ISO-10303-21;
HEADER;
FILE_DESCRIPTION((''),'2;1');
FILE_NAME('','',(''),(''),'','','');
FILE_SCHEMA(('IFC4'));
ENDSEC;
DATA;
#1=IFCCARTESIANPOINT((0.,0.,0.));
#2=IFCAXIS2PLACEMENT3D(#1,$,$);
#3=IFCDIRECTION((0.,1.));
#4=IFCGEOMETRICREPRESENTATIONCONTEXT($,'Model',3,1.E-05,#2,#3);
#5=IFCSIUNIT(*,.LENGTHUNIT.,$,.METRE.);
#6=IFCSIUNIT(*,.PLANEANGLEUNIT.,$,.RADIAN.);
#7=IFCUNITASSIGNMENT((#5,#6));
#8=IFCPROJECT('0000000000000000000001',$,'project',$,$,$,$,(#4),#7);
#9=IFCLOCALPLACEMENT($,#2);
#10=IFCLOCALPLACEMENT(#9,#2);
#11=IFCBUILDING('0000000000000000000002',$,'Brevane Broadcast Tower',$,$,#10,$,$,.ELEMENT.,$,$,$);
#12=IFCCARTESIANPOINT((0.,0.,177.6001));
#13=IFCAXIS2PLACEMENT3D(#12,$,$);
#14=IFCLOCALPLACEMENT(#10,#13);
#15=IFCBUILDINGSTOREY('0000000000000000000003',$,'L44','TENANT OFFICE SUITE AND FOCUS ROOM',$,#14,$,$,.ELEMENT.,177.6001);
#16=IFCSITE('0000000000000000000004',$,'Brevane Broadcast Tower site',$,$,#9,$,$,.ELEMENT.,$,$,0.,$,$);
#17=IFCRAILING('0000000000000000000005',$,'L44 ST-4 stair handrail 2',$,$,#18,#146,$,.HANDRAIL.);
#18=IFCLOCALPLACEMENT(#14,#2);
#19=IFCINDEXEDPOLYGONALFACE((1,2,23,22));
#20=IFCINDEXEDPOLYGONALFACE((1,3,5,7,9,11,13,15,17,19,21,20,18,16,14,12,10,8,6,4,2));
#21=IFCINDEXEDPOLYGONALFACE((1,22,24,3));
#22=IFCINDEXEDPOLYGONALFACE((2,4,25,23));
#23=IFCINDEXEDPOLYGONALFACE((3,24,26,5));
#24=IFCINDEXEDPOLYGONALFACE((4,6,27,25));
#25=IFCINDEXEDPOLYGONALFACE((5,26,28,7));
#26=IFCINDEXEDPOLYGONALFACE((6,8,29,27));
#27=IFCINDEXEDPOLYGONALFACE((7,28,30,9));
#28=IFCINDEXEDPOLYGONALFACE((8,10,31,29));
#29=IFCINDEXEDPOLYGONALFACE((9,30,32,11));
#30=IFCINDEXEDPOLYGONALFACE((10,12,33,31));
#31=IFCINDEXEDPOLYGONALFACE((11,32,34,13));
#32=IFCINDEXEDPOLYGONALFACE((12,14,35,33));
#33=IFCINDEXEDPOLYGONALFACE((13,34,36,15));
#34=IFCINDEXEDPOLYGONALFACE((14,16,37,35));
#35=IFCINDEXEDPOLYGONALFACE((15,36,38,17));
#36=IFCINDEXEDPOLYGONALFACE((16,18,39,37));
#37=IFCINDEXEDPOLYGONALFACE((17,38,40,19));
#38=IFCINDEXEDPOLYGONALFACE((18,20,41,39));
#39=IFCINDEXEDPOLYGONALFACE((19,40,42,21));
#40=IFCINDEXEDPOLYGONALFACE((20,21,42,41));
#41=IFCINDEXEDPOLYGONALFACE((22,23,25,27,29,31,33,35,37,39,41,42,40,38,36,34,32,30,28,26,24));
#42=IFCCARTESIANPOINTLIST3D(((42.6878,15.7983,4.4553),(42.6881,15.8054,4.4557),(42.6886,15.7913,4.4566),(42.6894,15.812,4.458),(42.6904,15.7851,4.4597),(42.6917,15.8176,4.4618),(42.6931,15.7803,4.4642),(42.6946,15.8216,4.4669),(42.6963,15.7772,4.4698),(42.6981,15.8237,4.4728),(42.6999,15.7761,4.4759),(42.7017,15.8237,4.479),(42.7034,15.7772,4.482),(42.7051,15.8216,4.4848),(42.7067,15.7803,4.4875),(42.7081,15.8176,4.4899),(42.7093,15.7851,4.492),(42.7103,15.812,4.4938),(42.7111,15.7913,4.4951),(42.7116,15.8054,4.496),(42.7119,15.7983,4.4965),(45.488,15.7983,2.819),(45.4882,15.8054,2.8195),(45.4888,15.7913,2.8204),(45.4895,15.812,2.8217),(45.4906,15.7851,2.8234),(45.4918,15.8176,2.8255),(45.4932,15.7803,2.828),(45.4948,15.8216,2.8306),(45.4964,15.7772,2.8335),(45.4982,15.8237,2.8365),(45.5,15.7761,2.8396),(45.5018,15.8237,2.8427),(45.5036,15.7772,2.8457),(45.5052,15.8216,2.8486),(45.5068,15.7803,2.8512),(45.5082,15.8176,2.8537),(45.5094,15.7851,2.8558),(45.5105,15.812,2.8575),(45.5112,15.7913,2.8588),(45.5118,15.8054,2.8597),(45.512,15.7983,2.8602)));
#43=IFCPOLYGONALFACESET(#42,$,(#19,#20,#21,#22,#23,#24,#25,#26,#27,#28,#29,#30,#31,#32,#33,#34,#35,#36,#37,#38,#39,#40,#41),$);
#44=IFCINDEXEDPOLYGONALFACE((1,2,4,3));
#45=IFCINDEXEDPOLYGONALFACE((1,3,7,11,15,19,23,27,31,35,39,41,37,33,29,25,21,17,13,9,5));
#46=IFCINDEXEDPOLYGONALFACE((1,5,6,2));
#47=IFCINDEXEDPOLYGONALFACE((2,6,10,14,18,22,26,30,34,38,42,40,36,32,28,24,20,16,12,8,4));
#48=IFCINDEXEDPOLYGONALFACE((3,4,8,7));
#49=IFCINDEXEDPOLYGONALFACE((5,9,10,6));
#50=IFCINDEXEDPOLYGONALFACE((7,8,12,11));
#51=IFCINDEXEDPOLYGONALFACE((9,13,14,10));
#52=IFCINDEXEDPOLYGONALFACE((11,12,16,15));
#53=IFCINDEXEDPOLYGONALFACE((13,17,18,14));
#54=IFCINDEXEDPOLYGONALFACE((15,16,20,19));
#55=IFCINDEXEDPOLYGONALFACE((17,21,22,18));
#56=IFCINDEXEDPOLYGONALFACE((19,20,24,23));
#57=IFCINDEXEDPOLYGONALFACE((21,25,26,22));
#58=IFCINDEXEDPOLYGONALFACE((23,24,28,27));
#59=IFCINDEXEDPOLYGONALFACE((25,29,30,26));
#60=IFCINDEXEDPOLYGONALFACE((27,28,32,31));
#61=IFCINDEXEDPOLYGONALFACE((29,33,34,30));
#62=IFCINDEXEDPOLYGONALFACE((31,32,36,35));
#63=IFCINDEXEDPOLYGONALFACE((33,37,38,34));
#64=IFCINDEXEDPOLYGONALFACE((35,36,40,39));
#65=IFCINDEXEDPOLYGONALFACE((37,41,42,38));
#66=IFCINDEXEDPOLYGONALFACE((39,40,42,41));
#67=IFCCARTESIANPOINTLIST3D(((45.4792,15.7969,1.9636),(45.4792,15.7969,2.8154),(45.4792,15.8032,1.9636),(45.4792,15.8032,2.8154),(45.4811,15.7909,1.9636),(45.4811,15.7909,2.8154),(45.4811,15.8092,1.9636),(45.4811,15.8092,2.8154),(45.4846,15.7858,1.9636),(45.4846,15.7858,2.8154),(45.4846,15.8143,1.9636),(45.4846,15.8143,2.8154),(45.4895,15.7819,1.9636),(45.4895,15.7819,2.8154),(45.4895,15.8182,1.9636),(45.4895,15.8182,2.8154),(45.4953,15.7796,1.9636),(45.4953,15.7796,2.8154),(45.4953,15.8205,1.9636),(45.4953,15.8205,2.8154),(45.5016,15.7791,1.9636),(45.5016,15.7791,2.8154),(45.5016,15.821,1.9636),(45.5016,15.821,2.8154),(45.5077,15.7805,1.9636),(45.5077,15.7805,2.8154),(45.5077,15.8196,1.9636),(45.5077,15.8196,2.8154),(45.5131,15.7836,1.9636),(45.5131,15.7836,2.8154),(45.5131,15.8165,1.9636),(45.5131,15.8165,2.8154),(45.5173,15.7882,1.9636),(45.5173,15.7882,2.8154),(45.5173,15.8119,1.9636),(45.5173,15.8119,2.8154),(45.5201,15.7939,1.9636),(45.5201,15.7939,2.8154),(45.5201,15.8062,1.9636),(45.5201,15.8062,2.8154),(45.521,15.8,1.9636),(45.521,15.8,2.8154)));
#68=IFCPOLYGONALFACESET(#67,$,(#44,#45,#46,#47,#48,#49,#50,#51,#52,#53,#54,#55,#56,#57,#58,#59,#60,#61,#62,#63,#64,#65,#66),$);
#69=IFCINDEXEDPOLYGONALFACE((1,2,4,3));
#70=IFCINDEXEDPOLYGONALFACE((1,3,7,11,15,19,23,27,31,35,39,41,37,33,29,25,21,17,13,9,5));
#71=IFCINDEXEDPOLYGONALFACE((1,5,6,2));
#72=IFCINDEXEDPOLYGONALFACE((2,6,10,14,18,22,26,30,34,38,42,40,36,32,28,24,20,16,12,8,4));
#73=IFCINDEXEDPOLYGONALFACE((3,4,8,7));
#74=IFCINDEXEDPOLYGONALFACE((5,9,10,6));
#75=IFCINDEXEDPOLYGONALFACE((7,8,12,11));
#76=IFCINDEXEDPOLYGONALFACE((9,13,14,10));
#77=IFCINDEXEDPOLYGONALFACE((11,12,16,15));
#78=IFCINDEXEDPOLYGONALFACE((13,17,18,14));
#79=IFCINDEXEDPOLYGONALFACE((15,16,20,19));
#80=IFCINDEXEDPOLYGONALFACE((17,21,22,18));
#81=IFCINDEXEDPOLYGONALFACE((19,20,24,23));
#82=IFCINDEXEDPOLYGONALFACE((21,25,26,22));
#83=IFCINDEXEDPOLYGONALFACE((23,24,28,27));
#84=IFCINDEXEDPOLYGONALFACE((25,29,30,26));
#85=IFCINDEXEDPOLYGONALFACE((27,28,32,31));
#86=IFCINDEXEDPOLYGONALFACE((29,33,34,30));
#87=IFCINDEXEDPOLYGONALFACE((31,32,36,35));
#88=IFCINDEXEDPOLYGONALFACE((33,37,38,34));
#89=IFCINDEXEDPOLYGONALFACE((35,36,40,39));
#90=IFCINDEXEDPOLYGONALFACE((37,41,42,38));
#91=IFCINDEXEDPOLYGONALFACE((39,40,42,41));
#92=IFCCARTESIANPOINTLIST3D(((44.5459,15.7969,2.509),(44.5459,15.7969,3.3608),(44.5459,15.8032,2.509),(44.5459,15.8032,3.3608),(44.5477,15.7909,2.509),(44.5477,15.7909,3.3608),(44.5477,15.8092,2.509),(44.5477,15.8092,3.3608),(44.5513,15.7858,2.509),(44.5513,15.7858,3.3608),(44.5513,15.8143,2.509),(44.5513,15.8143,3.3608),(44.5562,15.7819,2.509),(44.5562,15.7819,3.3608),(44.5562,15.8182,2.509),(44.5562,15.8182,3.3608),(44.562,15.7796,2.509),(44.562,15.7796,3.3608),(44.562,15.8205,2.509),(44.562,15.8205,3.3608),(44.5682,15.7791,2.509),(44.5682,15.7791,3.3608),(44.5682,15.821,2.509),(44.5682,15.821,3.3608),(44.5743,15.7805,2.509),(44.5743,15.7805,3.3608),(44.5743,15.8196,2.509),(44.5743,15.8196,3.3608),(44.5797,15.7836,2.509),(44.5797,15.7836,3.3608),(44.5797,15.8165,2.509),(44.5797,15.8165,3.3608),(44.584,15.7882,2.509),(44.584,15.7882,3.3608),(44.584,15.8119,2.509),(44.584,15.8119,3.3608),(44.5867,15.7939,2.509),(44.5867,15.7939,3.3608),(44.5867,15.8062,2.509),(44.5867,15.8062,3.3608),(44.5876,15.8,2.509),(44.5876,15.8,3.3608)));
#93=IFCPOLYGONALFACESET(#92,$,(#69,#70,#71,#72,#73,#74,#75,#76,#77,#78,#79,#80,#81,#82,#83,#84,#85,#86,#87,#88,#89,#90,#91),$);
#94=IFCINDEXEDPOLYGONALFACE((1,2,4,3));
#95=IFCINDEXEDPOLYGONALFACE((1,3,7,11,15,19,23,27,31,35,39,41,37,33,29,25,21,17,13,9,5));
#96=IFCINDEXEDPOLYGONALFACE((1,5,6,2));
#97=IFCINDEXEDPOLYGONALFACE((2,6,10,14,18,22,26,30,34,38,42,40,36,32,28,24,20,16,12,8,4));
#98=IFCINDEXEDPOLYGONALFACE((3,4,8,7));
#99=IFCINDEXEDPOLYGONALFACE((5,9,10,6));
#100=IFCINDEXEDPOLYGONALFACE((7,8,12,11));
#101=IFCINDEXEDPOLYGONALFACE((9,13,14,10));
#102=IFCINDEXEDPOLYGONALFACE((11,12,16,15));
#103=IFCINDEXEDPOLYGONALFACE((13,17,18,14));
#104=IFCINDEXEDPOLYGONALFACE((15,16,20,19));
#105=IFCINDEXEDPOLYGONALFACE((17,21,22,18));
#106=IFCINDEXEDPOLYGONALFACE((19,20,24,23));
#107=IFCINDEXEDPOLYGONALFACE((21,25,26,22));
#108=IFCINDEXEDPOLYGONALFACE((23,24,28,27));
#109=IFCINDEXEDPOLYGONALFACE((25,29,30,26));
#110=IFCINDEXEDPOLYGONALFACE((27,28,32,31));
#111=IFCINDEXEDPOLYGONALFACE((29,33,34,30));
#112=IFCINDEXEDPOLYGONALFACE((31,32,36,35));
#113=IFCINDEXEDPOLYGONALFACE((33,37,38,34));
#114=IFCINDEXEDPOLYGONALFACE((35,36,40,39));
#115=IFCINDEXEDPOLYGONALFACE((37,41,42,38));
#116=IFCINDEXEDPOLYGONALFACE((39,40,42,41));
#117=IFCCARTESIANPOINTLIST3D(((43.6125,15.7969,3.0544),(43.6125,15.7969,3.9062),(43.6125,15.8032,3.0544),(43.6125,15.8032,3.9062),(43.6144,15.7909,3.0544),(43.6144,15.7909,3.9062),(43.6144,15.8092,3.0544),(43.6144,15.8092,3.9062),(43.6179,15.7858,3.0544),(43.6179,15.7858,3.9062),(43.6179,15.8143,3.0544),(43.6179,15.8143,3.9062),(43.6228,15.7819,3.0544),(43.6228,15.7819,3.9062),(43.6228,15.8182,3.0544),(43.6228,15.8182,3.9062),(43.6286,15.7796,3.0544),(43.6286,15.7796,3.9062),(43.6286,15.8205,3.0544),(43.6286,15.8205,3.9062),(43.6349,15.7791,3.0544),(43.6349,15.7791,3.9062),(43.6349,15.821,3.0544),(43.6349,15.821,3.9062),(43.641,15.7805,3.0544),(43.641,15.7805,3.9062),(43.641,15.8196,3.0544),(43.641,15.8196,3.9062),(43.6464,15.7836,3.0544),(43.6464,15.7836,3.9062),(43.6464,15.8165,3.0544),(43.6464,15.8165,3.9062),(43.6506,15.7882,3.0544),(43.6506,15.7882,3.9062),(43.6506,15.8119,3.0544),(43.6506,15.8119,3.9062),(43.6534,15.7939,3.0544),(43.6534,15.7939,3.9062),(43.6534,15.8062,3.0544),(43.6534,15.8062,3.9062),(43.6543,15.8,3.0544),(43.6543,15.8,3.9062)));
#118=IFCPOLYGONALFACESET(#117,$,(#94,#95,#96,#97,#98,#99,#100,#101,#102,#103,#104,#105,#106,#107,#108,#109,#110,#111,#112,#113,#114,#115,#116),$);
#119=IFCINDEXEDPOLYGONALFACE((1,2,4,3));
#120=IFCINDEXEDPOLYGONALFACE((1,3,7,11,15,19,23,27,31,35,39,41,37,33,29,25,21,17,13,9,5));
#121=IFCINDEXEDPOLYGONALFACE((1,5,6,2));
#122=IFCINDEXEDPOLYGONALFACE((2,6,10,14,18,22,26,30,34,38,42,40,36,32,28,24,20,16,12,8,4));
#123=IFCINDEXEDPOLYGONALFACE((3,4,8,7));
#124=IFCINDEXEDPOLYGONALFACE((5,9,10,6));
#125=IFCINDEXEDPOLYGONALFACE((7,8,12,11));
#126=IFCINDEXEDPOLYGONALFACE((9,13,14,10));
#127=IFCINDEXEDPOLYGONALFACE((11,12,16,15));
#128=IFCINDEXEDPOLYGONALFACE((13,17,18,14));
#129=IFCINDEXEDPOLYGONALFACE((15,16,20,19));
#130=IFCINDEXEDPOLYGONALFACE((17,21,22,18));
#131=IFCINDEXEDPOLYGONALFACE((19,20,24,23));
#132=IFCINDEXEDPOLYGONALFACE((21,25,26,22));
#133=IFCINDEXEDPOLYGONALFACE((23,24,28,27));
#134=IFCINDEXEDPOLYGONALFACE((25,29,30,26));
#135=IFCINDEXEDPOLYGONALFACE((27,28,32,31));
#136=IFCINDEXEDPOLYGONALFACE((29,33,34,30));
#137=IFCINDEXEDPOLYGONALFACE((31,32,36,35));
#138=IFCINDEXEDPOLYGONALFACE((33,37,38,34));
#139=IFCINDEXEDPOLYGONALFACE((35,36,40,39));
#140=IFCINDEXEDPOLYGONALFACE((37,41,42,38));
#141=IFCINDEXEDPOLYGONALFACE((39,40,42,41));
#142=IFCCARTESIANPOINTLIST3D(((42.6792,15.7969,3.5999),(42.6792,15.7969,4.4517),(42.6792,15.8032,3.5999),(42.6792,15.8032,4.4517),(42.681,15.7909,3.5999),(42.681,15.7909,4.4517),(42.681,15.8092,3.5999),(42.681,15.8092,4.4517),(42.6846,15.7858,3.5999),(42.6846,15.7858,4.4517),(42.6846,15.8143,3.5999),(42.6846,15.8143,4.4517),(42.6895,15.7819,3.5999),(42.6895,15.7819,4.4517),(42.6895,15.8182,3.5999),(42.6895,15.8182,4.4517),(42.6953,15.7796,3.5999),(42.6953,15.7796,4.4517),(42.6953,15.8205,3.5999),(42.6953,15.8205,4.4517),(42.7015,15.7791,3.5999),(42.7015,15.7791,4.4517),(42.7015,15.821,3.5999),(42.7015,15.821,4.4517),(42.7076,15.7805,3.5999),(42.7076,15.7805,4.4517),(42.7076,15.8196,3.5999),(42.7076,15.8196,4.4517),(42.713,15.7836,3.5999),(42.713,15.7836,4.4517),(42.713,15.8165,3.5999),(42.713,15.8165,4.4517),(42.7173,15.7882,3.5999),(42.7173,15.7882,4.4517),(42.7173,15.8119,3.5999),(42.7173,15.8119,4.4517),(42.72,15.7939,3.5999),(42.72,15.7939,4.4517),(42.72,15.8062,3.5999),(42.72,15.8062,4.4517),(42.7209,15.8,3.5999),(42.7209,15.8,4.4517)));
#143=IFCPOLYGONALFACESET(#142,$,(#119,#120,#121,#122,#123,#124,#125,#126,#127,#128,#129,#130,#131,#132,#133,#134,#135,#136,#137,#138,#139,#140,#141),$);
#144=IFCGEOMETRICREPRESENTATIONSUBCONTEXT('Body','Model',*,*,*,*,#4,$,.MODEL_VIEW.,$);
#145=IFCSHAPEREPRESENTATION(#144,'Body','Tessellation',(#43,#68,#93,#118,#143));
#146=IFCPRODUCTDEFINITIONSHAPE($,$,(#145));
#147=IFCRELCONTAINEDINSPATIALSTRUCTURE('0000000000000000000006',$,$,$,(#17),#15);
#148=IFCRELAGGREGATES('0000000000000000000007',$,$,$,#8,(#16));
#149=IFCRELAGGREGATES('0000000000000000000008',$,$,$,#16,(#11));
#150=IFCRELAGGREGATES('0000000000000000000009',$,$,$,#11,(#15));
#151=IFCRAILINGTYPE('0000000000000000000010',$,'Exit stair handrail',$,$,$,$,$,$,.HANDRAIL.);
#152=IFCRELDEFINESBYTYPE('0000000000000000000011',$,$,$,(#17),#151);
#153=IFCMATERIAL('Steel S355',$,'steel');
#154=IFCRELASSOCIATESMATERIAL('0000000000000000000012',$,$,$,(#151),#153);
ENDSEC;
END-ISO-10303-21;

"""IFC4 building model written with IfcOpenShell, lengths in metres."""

from ifc_helpers import new_model, si_unit, direction, frame, origin, origin_2d, place, context, subcontext, project, spatial, circle, extrude, material, type_object, element, save


model = new_model("IFC4")

# Units and contexts
model_context = context("Model", 3, precision=1e-05, world=origin(), true_north=direction((0.0, 1.0)))
body_context = subcontext(model_context, "Body", "Model", "MODEL_VIEW")
ifc_project = project(units=[si_unit("LENGTHUNIT", "METRE"), si_unit("PLANEANGLEUNIT", "RADIAN")], contexts=[model_context])

# Site, building, storey
site_placement = place(None, origin())
site = spatial("IfcSite", under=ifc_project, at=site_placement, Name="Brevane Broadcast Tower site", CompositionType="ELEMENT", RefElevation=0.0)
building_placement = place(site_placement, origin())
building = spatial("IfcBuilding", under=site, at=building_placement, Name="Brevane Broadcast Tower", CompositionType="ELEMENT")
storey_placement = place(building_placement, frame((0.0, 0.0, 177.6001)))
storey = spatial("IfcBuildingStorey", under=building, at=storey_placement, Name="L44", Description="TENANT OFFICE SUITE AND FOCUS ROOM", CompositionType="ELEMENT", Elevation=177.6001)

# Railing
ifc_material_1 = material(Name="Steel S355", Category="steel")
railing_type_1 = type_object("IfcRailingType", Name="Exit stair handrail", PredefinedType="HANDRAIL", material=ifc_material_1)
railing_1_placement = place(storey_placement, frame((45.5, 15.8, 1.9636)))
element("IfcRailing", 1, at=railing_1_placement, inside=storey, type_object=railing_type_1, Name="L44 ST-4 stair handrail 2", PredefinedType="HANDRAIL", context=body_context, shape_type="SweptSolid", body=[
    extrude(circle(Radius=0.0239, at=origin_2d()), frame((0.0, 0.0, 0.876), z_axis=(-0.863394, 0.0, 0.504531), x_axis=(0.0, -1.0, 0.0)), (0.0, 0.0, 1.0), 3.2432),
    extrude(circle(Radius=0.021, at=origin_2d()), origin(), (0.0, 0.0, 1.0), 0.8518),
    extrude(circle(Radius=0.021, at=origin_2d()), frame((-0.9333, 0.0, 0.5454)), (0.0, 0.0, 1.0), 0.8518),
    extrude(circle(Radius=0.021, at=origin_2d()), frame((-1.8667, 0.0, 1.0908)), (0.0, 0.0, 1.0), 0.8518),
    extrude(circle(Radius=0.021, at=origin_2d()), frame((-2.8, 0.0, 1.6362)), (0.0, 0.0, 1.0), 0.8518),
])

save(model, "model.ifc")
